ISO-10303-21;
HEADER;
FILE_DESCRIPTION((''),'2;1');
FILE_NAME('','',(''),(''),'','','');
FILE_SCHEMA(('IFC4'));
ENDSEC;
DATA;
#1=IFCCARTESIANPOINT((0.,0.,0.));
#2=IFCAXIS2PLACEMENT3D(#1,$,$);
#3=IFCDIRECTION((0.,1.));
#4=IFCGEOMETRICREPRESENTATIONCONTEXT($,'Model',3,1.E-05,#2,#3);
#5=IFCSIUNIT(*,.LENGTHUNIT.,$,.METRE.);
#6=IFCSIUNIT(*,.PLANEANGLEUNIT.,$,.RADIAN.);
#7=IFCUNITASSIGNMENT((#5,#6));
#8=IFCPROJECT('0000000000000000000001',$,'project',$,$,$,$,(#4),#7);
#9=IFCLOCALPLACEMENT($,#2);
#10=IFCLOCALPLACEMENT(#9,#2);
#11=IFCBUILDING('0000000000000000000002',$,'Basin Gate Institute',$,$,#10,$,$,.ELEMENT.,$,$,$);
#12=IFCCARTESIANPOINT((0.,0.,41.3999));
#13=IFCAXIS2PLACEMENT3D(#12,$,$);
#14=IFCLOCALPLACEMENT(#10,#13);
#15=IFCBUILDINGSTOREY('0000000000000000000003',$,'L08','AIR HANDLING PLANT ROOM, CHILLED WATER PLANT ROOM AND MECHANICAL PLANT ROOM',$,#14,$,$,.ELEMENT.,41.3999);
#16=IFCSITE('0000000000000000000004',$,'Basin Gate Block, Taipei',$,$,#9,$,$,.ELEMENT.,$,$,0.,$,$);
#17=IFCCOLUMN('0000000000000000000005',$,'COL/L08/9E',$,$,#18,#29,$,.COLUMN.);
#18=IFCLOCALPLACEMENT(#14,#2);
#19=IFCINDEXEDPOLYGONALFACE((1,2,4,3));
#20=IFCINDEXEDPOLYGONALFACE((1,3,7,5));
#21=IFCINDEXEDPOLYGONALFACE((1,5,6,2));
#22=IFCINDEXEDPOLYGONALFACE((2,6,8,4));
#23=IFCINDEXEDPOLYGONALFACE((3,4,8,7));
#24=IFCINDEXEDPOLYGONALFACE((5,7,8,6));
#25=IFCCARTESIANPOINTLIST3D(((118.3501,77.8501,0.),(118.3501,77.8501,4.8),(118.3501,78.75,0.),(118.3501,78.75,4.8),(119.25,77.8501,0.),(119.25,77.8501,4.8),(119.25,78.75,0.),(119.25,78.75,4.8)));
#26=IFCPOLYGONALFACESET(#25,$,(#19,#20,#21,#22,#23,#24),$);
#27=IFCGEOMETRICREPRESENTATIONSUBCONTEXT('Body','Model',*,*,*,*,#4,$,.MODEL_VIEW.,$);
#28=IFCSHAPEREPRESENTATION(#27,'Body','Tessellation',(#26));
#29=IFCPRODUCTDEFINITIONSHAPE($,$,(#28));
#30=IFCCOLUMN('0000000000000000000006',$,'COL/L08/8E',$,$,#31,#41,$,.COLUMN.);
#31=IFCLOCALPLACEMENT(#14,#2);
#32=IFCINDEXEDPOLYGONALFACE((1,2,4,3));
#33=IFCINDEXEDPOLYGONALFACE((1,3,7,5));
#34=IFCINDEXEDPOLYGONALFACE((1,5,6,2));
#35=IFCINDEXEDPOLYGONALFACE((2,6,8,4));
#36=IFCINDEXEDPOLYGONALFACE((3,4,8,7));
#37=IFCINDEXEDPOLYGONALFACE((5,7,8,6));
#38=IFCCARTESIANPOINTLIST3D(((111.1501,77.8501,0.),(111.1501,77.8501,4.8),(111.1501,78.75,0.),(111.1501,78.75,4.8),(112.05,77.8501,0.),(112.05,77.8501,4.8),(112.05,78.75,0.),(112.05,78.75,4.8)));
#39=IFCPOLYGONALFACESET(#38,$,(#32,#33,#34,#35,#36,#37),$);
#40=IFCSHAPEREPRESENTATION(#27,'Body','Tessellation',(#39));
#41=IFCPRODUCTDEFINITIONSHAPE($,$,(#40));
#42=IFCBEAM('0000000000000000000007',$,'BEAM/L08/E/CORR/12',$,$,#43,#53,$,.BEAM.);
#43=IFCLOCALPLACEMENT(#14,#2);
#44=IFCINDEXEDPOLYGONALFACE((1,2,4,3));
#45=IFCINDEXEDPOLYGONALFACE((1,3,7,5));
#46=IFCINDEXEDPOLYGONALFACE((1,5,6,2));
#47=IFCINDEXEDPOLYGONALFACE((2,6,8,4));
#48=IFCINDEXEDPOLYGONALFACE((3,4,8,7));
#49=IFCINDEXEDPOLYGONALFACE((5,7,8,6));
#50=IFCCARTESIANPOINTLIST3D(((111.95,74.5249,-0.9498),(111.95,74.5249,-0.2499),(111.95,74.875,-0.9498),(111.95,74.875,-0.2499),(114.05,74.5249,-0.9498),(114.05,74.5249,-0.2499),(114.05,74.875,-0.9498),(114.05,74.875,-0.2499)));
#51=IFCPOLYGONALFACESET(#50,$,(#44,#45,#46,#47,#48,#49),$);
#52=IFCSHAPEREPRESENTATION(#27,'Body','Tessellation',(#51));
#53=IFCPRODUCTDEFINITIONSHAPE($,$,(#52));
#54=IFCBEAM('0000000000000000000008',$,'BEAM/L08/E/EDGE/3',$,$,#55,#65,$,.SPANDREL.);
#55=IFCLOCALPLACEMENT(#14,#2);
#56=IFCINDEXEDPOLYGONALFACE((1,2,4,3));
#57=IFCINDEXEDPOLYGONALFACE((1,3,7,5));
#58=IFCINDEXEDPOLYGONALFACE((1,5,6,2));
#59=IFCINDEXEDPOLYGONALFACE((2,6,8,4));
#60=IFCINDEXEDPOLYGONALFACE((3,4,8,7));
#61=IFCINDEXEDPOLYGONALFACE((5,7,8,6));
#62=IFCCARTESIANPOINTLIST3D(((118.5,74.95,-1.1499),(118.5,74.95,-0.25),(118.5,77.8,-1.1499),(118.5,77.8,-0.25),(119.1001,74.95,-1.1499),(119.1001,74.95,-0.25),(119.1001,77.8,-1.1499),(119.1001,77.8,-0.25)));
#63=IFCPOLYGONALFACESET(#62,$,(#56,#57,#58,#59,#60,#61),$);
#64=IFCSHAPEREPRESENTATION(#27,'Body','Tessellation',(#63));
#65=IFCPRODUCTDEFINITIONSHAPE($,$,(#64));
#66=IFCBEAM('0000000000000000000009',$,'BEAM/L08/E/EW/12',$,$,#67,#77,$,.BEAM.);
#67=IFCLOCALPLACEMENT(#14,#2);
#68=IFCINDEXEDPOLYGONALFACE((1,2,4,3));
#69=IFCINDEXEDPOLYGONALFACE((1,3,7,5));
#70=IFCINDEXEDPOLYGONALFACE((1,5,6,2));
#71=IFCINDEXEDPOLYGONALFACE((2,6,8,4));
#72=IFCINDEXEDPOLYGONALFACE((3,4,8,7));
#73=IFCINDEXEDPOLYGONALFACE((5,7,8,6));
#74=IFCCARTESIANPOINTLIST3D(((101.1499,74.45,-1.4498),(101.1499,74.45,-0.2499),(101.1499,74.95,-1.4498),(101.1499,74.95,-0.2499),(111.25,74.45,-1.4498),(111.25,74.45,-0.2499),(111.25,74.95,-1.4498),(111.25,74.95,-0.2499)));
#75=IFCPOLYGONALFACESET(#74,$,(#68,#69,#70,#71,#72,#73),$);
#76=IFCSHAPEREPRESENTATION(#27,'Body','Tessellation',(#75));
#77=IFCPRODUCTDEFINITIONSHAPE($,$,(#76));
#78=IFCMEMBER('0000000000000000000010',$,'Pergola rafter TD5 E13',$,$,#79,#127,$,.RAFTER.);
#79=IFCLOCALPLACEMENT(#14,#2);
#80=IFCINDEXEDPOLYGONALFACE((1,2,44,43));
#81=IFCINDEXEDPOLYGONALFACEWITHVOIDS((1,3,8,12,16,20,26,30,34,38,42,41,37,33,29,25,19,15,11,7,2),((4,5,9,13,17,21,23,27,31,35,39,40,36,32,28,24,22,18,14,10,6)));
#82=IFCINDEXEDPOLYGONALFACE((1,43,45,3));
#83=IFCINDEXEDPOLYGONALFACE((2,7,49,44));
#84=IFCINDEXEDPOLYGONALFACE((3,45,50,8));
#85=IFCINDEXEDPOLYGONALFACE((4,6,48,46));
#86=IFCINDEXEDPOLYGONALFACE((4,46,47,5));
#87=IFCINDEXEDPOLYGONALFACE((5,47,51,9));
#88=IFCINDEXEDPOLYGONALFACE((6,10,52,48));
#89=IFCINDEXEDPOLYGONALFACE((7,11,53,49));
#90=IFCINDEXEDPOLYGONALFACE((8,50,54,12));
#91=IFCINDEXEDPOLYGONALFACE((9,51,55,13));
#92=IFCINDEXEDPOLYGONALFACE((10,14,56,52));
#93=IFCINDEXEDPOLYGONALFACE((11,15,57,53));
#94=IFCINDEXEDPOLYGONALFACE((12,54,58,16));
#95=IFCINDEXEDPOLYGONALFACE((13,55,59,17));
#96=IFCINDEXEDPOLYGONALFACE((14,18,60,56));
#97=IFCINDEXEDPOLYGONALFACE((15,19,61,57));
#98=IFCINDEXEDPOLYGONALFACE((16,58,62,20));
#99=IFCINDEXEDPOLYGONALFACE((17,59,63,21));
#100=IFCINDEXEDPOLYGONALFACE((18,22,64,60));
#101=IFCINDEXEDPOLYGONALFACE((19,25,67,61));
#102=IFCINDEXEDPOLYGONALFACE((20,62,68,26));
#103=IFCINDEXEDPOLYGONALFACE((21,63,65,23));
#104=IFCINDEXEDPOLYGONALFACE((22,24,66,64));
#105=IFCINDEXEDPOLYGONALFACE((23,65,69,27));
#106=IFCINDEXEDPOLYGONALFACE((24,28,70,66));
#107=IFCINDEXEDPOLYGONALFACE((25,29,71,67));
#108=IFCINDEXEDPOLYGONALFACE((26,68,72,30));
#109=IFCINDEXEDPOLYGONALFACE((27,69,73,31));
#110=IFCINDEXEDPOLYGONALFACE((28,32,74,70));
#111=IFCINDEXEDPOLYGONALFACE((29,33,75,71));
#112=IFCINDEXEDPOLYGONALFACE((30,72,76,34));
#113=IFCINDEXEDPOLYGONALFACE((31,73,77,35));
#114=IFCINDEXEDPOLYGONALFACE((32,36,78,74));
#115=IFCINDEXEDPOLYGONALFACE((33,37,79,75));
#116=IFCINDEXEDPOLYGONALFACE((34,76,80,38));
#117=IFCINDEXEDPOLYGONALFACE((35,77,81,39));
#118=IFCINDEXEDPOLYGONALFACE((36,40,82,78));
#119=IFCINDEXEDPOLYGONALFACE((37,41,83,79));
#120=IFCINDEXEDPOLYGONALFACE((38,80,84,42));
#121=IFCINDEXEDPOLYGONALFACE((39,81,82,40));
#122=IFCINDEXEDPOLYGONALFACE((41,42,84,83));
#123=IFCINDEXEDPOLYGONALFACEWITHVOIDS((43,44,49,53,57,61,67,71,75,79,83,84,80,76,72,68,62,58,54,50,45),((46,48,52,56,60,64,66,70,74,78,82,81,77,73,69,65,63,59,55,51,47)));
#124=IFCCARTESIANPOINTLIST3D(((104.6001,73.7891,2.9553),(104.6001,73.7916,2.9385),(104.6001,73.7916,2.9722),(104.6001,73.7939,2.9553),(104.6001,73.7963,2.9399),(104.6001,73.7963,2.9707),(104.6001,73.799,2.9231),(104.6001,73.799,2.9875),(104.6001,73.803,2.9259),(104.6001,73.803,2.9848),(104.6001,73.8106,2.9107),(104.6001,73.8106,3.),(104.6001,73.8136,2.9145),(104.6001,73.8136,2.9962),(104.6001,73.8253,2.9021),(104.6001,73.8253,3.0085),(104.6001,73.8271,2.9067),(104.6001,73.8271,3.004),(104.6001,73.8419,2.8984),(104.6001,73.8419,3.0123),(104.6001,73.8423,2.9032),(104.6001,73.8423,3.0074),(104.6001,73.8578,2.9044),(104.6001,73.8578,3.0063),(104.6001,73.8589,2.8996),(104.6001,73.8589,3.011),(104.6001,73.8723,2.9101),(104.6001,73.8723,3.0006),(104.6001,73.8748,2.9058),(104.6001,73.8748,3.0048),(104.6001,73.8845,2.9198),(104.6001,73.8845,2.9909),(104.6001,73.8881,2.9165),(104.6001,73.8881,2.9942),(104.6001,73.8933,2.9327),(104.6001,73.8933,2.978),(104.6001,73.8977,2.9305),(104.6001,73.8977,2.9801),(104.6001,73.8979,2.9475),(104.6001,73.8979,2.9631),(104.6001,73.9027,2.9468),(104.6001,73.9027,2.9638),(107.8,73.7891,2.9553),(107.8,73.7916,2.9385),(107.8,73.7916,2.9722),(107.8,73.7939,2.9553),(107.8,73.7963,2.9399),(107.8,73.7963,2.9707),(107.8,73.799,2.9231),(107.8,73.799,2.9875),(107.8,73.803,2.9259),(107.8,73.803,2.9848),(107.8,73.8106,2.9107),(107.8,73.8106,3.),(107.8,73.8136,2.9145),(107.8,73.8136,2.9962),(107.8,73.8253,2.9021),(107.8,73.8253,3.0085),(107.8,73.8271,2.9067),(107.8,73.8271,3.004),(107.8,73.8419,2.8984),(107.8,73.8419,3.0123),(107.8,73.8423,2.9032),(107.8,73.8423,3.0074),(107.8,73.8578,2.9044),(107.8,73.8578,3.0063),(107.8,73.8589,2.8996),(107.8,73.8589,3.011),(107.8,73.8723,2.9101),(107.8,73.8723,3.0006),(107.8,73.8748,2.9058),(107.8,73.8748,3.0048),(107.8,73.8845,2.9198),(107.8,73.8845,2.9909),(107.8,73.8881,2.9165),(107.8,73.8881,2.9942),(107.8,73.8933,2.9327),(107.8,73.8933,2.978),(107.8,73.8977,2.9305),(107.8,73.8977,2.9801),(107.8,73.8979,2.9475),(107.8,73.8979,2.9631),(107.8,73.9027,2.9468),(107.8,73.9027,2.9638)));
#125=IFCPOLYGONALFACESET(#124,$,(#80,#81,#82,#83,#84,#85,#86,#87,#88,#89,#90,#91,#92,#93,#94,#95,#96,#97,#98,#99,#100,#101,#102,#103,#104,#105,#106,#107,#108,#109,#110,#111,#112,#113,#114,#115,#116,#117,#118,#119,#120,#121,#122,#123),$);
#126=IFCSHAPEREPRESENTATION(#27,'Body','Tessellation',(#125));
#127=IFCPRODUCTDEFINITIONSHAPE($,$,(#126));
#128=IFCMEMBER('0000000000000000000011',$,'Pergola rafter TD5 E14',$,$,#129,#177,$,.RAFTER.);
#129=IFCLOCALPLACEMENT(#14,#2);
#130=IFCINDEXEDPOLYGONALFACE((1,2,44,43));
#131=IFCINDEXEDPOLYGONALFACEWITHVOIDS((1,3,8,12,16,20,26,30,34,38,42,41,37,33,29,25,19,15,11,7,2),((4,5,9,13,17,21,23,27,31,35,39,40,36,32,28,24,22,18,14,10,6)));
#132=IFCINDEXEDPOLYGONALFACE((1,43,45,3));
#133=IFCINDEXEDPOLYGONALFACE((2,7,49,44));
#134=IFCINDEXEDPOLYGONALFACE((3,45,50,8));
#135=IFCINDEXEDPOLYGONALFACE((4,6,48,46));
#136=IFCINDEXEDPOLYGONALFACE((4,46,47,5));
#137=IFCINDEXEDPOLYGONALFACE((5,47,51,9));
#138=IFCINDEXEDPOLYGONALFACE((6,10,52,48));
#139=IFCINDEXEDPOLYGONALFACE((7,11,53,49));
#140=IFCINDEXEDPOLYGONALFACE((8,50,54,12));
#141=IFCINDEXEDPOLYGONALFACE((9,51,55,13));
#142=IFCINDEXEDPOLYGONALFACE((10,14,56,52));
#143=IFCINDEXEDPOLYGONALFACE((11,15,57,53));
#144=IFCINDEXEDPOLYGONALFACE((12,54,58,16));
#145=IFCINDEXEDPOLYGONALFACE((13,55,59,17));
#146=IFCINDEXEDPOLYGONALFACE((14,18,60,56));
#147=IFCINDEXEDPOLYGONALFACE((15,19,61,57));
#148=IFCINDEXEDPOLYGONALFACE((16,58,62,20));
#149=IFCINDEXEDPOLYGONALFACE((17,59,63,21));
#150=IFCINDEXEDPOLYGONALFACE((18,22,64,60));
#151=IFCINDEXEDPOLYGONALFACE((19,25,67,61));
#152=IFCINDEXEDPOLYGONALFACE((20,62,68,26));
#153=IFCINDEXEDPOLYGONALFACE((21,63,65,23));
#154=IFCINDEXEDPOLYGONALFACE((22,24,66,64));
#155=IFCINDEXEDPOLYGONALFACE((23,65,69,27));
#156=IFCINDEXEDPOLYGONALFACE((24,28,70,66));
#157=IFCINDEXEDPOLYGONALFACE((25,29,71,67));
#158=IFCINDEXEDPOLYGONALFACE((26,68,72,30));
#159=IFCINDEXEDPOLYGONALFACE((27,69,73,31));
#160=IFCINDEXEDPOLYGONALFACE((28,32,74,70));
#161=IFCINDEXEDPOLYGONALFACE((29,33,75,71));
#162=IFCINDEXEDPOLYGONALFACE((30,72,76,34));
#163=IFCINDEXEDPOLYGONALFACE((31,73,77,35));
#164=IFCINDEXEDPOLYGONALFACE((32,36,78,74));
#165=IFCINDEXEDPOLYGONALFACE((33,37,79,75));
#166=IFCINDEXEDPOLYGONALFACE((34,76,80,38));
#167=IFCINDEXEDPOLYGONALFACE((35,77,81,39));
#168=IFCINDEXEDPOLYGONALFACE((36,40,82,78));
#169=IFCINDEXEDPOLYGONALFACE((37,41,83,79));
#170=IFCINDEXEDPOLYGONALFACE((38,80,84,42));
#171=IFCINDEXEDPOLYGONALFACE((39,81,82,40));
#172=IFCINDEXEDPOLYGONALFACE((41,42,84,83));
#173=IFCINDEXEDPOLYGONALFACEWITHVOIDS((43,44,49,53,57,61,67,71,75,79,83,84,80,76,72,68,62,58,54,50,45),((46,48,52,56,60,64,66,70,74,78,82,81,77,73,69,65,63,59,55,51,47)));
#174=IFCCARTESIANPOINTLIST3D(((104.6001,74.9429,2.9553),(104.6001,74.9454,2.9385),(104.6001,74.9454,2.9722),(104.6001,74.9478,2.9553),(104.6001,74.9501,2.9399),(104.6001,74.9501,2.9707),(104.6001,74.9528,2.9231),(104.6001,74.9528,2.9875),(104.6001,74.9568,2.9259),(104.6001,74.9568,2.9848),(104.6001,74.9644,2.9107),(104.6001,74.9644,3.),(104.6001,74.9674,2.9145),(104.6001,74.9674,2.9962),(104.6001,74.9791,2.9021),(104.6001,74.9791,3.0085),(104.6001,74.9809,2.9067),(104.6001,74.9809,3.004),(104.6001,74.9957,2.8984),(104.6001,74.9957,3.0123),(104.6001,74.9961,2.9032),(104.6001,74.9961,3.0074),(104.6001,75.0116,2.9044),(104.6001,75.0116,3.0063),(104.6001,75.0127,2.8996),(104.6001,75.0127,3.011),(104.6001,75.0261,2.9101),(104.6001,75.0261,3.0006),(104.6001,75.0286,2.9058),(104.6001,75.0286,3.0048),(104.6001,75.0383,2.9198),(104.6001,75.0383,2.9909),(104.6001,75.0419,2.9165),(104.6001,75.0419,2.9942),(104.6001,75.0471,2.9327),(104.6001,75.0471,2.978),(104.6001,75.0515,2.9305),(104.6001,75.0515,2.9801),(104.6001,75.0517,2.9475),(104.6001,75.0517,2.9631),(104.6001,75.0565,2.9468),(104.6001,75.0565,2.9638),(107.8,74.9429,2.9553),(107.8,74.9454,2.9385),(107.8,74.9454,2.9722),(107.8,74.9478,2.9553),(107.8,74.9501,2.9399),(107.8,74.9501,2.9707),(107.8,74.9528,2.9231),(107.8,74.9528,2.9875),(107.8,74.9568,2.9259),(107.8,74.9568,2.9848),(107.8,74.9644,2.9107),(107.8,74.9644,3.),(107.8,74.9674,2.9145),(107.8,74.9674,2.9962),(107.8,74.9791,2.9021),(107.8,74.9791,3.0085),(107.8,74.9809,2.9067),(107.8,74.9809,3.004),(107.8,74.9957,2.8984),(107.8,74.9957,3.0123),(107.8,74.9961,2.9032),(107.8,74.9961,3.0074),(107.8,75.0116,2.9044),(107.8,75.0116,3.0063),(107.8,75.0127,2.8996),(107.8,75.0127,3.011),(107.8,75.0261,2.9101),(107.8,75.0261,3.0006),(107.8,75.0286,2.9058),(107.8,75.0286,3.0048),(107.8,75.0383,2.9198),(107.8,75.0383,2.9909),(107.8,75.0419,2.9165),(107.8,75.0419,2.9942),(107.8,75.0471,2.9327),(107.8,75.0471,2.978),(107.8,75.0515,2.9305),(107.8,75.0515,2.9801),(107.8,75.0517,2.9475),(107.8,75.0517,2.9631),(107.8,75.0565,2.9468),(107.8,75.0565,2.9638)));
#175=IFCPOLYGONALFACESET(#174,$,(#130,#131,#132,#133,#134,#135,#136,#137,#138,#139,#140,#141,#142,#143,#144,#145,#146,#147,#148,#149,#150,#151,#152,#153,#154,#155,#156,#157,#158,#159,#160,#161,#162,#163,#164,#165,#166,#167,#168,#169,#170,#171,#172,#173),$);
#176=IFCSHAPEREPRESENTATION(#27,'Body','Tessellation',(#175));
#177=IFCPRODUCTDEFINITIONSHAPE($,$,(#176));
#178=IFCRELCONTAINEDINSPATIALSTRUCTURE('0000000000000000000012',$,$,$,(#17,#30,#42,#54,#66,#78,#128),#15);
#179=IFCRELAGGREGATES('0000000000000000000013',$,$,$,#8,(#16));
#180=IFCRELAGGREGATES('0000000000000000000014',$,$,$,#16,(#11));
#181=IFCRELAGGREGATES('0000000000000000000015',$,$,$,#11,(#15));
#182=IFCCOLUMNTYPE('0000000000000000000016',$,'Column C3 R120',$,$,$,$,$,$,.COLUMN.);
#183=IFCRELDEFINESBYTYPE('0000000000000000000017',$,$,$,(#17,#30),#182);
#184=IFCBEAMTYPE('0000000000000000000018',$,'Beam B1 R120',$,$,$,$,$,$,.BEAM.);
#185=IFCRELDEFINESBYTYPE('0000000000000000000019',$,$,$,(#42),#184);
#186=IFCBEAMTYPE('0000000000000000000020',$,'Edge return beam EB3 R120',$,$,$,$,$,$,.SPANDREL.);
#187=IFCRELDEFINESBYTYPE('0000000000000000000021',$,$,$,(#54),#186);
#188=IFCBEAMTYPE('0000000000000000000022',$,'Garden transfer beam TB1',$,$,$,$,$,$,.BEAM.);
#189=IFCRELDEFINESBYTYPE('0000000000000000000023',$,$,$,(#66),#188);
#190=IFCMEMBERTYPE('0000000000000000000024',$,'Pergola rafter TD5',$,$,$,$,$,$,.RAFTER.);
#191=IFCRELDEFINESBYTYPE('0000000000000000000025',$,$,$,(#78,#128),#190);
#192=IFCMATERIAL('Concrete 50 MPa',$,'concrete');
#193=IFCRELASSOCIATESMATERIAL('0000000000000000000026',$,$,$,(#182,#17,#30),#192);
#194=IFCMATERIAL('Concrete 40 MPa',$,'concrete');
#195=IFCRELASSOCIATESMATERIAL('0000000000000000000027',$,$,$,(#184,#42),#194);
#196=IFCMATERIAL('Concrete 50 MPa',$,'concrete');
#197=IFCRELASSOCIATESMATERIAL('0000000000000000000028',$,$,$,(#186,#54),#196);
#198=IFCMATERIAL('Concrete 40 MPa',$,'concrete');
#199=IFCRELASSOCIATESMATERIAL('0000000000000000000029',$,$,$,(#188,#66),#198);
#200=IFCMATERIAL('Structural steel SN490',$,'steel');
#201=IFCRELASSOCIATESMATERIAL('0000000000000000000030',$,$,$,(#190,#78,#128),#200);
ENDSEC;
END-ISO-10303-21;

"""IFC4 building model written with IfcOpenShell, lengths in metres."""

from ifc_helpers import new_model, si_unit, direction, frame, origin, origin_2d, place, context, subcontext, project, spatial, rectangle, hollow_circle, extrude, material, material_profile, profile_set, type_object, element, save


model = new_model("IFC4")

# Units and contexts
model_context = context("Model", 3, precision=1e-05, world=origin(), true_north=direction((0.0, 1.0)))
body_context = subcontext(model_context, "Body", "Model", "MODEL_VIEW")
ifc_project = project(units=[si_unit("LENGTHUNIT", "METRE"), si_unit("PLANEANGLEUNIT", "RADIAN")], contexts=[model_context])

# Site, building, storey
site_placement = place(None, origin())
site = spatial("IfcSite", under=ifc_project, at=site_placement, Name="Basin Gate Block, Taipei", CompositionType="ELEMENT", RefElevation=0.0)
building_placement = place(site_placement, origin())
building = spatial("IfcBuilding", under=site, at=building_placement, Name="Basin Gate Institute", CompositionType="ELEMENT")
storey_placement = place(building_placement, frame((0.0, 0.0, 41.3999)))
storey = spatial("IfcBuildingStorey", under=building, at=storey_placement, Name="L08", Description="AIR HANDLING PLANT ROOM, CHILLED WATER PLANT ROOM AND MECHANICAL PLANT ROOM", CompositionType="ELEMENT", Elevation=41.3999)

# Columns
ifc_material_1 = material(Name="Concrete 50 MPa", Category="concrete")
ifc_material_profile_1 = material_profile(ifc_material_1, rectangle(XDim=0.8999, YDim=0.8999, at=origin_2d()), Name="Column C3 900 x 900")
ifc_profile_set_1 = profile_set([ifc_material_profile_1], Name="Concrete 50 MPa")
column_type = type_object("IfcColumnType", Name="Column C3 R120", PredefinedType="COLUMN", material=ifc_profile_set_1)
for number, where, z_axis, x_axis, name in (
    (1, (118.8, 78.3, 0.0), (0.0, 0.0, 1.0), (1.0, 0.0, 0.0), "COL/L08/9E"),
    (2, (111.6001, 78.3, 0.0), (0.0, 0.0, 1.0), (1.0, 0.0, 0.0), "COL/L08/8E"),
):
    element("IfcColumn", number, at=place(storey_placement, frame(where, z_axis=z_axis, x_axis=x_axis)), inside=storey, type_object=column_type, material=ifc_profile_set_1, Name=name, PredefinedType="COLUMN", context=body_context, shape_type="SweptSolid", body=[
        extrude(rectangle(XDim=0.8999, YDim=0.8999, at=origin_2d()), origin(), (0.0, 0.0, 1.0), 4.8),
    ])

# Beams
ifc_material_2 = material(Name="Concrete 40 MPa", Category="concrete")
ifc_material_profile_2 = material_profile(ifc_material_2, rectangle(XDim=0.3501, YDim=0.7, at=origin_2d()), Name="Beam B1 350 x 700")
ifc_profile_set_2 = profile_set([ifc_material_profile_2], Name="Concrete 40 MPa")
beam_type_1 = type_object("IfcBeamType", Name="Beam B1 R120", PredefinedType="BEAM", material=ifc_profile_set_2)
beam_1_placement = place(storey_placement, frame((114.05, 74.7, -0.5999), z_axis=(-1.0, 0.0, 0.0), x_axis=(0.0, -1.0, 0.0)))
element("IfcBeam", 3, at=beam_1_placement, inside=storey, type_object=beam_type_1, material=ifc_profile_set_2, Name="BEAM/L08/E/CORR/12", PredefinedType="BEAM", context=body_context, shape_type="SweptSolid", body=[
    extrude(rectangle(XDim=0.3501, YDim=0.7, at=origin_2d()), origin(), (0.0, 0.0, 1.0), 2.1001),
])
ifc_material_3 = material(Name="Concrete 50 MPa", Category="concrete")
ifc_material_profile_3 = material_profile(ifc_material_3, rectangle(XDim=0.6001, YDim=0.8999, at=origin_2d()), Name="Edge return beam EB3 600 x 900")
ifc_profile_set_3 = profile_set([ifc_material_profile_3], Name="Concrete 50 MPa")
beam_type_2 = type_object("IfcBeamType", Name="Edge return beam EB3 R120", PredefinedType="SPANDREL", material=ifc_profile_set_3)
beam_2_placement = place(storey_placement, frame((118.8, 74.95, -0.7), z_axis=(0.0, 1.0, 0.0), x_axis=(-1.0, 0.0, 0.0)))
element("IfcBeam", 4, at=beam_2_placement, inside=storey, type_object=beam_type_2, material=ifc_profile_set_3, Name="BEAM/L08/E/EDGE/3", PredefinedType="SPANDREL", context=body_context, shape_type="SweptSolid", body=[
    extrude(rectangle(XDim=0.6001, YDim=0.8999, at=origin_2d()), origin(), (0.0, 0.0, 1.0), 2.8501),
])
ifc_material_4 = material(Name="Concrete 40 MPa", Category="concrete")
ifc_material_profile_4 = material_profile(ifc_material_4, rectangle(XDim=0.5, YDim=1.2, at=origin_2d()), Name="Garden transfer beam TB1 500 x 1200")
ifc_profile_set_4 = profile_set([ifc_material_profile_4], Name="Concrete 40 MPa")
beam_type_3 = type_object("IfcBeamType", Name="Garden transfer beam TB1", PredefinedType="BEAM", material=ifc_profile_set_4)
beam_3_placement = place(storey_placement, frame((111.25, 74.7, -0.8499), z_axis=(-1.0, 0.0, 0.0), x_axis=(0.0, -1.0, 0.0)))
element("IfcBeam", 5, at=beam_3_placement, inside=storey, type_object=beam_type_3, material=ifc_profile_set_4, Name="BEAM/L08/E/EW/12", PredefinedType="BEAM", context=body_context, shape_type="SweptSolid", body=[
    extrude(rectangle(XDim=0.5, YDim=1.2, at=origin_2d()), origin(), (0.0, 0.0, 1.0), 10.1001),
])

# Members
ifc_material_5 = material(Name="Structural steel SN490", Category="steel")
ifc_material_profile_5 = material_profile(ifc_material_5, hollow_circle(Radius=0.0571, WallThickness=0.0049, at=origin_2d()), Name="CHS114x5")
ifc_profile_set_5 = profile_set([ifc_material_profile_5], Name="Structural steel SN490")
member_type = type_object("IfcMemberType", Name="Pergola rafter TD5", PredefinedType="RAFTER", material=ifc_profile_set_5)
for number, where, z_axis, x_axis, name in (
    (6, (107.8, 73.8462, 2.9553), (-1.0, 0.0, 0.0), (0.0, -1.0, 0.0), "Pergola rafter TD5 E13"),
    (7, (107.8, 75.0, 2.9553), (-1.0, 0.0, 0.0), (0.0, -1.0, 0.0), "Pergola rafter TD5 E14"),
):
    element("IfcMember", number, at=place(storey_placement, frame(where, z_axis=z_axis, x_axis=x_axis)), inside=storey, type_object=member_type, material=ifc_profile_set_5, Name=name, PredefinedType="RAFTER", context=body_context, shape_type="SweptSolid", body=[
        extrude(hollow_circle(Radius=0.0571, WallThickness=0.0049, at=origin_2d()), origin(), (0.0, 0.0, 1.0), 3.2),
    ])

save(model, "model.ifc")
